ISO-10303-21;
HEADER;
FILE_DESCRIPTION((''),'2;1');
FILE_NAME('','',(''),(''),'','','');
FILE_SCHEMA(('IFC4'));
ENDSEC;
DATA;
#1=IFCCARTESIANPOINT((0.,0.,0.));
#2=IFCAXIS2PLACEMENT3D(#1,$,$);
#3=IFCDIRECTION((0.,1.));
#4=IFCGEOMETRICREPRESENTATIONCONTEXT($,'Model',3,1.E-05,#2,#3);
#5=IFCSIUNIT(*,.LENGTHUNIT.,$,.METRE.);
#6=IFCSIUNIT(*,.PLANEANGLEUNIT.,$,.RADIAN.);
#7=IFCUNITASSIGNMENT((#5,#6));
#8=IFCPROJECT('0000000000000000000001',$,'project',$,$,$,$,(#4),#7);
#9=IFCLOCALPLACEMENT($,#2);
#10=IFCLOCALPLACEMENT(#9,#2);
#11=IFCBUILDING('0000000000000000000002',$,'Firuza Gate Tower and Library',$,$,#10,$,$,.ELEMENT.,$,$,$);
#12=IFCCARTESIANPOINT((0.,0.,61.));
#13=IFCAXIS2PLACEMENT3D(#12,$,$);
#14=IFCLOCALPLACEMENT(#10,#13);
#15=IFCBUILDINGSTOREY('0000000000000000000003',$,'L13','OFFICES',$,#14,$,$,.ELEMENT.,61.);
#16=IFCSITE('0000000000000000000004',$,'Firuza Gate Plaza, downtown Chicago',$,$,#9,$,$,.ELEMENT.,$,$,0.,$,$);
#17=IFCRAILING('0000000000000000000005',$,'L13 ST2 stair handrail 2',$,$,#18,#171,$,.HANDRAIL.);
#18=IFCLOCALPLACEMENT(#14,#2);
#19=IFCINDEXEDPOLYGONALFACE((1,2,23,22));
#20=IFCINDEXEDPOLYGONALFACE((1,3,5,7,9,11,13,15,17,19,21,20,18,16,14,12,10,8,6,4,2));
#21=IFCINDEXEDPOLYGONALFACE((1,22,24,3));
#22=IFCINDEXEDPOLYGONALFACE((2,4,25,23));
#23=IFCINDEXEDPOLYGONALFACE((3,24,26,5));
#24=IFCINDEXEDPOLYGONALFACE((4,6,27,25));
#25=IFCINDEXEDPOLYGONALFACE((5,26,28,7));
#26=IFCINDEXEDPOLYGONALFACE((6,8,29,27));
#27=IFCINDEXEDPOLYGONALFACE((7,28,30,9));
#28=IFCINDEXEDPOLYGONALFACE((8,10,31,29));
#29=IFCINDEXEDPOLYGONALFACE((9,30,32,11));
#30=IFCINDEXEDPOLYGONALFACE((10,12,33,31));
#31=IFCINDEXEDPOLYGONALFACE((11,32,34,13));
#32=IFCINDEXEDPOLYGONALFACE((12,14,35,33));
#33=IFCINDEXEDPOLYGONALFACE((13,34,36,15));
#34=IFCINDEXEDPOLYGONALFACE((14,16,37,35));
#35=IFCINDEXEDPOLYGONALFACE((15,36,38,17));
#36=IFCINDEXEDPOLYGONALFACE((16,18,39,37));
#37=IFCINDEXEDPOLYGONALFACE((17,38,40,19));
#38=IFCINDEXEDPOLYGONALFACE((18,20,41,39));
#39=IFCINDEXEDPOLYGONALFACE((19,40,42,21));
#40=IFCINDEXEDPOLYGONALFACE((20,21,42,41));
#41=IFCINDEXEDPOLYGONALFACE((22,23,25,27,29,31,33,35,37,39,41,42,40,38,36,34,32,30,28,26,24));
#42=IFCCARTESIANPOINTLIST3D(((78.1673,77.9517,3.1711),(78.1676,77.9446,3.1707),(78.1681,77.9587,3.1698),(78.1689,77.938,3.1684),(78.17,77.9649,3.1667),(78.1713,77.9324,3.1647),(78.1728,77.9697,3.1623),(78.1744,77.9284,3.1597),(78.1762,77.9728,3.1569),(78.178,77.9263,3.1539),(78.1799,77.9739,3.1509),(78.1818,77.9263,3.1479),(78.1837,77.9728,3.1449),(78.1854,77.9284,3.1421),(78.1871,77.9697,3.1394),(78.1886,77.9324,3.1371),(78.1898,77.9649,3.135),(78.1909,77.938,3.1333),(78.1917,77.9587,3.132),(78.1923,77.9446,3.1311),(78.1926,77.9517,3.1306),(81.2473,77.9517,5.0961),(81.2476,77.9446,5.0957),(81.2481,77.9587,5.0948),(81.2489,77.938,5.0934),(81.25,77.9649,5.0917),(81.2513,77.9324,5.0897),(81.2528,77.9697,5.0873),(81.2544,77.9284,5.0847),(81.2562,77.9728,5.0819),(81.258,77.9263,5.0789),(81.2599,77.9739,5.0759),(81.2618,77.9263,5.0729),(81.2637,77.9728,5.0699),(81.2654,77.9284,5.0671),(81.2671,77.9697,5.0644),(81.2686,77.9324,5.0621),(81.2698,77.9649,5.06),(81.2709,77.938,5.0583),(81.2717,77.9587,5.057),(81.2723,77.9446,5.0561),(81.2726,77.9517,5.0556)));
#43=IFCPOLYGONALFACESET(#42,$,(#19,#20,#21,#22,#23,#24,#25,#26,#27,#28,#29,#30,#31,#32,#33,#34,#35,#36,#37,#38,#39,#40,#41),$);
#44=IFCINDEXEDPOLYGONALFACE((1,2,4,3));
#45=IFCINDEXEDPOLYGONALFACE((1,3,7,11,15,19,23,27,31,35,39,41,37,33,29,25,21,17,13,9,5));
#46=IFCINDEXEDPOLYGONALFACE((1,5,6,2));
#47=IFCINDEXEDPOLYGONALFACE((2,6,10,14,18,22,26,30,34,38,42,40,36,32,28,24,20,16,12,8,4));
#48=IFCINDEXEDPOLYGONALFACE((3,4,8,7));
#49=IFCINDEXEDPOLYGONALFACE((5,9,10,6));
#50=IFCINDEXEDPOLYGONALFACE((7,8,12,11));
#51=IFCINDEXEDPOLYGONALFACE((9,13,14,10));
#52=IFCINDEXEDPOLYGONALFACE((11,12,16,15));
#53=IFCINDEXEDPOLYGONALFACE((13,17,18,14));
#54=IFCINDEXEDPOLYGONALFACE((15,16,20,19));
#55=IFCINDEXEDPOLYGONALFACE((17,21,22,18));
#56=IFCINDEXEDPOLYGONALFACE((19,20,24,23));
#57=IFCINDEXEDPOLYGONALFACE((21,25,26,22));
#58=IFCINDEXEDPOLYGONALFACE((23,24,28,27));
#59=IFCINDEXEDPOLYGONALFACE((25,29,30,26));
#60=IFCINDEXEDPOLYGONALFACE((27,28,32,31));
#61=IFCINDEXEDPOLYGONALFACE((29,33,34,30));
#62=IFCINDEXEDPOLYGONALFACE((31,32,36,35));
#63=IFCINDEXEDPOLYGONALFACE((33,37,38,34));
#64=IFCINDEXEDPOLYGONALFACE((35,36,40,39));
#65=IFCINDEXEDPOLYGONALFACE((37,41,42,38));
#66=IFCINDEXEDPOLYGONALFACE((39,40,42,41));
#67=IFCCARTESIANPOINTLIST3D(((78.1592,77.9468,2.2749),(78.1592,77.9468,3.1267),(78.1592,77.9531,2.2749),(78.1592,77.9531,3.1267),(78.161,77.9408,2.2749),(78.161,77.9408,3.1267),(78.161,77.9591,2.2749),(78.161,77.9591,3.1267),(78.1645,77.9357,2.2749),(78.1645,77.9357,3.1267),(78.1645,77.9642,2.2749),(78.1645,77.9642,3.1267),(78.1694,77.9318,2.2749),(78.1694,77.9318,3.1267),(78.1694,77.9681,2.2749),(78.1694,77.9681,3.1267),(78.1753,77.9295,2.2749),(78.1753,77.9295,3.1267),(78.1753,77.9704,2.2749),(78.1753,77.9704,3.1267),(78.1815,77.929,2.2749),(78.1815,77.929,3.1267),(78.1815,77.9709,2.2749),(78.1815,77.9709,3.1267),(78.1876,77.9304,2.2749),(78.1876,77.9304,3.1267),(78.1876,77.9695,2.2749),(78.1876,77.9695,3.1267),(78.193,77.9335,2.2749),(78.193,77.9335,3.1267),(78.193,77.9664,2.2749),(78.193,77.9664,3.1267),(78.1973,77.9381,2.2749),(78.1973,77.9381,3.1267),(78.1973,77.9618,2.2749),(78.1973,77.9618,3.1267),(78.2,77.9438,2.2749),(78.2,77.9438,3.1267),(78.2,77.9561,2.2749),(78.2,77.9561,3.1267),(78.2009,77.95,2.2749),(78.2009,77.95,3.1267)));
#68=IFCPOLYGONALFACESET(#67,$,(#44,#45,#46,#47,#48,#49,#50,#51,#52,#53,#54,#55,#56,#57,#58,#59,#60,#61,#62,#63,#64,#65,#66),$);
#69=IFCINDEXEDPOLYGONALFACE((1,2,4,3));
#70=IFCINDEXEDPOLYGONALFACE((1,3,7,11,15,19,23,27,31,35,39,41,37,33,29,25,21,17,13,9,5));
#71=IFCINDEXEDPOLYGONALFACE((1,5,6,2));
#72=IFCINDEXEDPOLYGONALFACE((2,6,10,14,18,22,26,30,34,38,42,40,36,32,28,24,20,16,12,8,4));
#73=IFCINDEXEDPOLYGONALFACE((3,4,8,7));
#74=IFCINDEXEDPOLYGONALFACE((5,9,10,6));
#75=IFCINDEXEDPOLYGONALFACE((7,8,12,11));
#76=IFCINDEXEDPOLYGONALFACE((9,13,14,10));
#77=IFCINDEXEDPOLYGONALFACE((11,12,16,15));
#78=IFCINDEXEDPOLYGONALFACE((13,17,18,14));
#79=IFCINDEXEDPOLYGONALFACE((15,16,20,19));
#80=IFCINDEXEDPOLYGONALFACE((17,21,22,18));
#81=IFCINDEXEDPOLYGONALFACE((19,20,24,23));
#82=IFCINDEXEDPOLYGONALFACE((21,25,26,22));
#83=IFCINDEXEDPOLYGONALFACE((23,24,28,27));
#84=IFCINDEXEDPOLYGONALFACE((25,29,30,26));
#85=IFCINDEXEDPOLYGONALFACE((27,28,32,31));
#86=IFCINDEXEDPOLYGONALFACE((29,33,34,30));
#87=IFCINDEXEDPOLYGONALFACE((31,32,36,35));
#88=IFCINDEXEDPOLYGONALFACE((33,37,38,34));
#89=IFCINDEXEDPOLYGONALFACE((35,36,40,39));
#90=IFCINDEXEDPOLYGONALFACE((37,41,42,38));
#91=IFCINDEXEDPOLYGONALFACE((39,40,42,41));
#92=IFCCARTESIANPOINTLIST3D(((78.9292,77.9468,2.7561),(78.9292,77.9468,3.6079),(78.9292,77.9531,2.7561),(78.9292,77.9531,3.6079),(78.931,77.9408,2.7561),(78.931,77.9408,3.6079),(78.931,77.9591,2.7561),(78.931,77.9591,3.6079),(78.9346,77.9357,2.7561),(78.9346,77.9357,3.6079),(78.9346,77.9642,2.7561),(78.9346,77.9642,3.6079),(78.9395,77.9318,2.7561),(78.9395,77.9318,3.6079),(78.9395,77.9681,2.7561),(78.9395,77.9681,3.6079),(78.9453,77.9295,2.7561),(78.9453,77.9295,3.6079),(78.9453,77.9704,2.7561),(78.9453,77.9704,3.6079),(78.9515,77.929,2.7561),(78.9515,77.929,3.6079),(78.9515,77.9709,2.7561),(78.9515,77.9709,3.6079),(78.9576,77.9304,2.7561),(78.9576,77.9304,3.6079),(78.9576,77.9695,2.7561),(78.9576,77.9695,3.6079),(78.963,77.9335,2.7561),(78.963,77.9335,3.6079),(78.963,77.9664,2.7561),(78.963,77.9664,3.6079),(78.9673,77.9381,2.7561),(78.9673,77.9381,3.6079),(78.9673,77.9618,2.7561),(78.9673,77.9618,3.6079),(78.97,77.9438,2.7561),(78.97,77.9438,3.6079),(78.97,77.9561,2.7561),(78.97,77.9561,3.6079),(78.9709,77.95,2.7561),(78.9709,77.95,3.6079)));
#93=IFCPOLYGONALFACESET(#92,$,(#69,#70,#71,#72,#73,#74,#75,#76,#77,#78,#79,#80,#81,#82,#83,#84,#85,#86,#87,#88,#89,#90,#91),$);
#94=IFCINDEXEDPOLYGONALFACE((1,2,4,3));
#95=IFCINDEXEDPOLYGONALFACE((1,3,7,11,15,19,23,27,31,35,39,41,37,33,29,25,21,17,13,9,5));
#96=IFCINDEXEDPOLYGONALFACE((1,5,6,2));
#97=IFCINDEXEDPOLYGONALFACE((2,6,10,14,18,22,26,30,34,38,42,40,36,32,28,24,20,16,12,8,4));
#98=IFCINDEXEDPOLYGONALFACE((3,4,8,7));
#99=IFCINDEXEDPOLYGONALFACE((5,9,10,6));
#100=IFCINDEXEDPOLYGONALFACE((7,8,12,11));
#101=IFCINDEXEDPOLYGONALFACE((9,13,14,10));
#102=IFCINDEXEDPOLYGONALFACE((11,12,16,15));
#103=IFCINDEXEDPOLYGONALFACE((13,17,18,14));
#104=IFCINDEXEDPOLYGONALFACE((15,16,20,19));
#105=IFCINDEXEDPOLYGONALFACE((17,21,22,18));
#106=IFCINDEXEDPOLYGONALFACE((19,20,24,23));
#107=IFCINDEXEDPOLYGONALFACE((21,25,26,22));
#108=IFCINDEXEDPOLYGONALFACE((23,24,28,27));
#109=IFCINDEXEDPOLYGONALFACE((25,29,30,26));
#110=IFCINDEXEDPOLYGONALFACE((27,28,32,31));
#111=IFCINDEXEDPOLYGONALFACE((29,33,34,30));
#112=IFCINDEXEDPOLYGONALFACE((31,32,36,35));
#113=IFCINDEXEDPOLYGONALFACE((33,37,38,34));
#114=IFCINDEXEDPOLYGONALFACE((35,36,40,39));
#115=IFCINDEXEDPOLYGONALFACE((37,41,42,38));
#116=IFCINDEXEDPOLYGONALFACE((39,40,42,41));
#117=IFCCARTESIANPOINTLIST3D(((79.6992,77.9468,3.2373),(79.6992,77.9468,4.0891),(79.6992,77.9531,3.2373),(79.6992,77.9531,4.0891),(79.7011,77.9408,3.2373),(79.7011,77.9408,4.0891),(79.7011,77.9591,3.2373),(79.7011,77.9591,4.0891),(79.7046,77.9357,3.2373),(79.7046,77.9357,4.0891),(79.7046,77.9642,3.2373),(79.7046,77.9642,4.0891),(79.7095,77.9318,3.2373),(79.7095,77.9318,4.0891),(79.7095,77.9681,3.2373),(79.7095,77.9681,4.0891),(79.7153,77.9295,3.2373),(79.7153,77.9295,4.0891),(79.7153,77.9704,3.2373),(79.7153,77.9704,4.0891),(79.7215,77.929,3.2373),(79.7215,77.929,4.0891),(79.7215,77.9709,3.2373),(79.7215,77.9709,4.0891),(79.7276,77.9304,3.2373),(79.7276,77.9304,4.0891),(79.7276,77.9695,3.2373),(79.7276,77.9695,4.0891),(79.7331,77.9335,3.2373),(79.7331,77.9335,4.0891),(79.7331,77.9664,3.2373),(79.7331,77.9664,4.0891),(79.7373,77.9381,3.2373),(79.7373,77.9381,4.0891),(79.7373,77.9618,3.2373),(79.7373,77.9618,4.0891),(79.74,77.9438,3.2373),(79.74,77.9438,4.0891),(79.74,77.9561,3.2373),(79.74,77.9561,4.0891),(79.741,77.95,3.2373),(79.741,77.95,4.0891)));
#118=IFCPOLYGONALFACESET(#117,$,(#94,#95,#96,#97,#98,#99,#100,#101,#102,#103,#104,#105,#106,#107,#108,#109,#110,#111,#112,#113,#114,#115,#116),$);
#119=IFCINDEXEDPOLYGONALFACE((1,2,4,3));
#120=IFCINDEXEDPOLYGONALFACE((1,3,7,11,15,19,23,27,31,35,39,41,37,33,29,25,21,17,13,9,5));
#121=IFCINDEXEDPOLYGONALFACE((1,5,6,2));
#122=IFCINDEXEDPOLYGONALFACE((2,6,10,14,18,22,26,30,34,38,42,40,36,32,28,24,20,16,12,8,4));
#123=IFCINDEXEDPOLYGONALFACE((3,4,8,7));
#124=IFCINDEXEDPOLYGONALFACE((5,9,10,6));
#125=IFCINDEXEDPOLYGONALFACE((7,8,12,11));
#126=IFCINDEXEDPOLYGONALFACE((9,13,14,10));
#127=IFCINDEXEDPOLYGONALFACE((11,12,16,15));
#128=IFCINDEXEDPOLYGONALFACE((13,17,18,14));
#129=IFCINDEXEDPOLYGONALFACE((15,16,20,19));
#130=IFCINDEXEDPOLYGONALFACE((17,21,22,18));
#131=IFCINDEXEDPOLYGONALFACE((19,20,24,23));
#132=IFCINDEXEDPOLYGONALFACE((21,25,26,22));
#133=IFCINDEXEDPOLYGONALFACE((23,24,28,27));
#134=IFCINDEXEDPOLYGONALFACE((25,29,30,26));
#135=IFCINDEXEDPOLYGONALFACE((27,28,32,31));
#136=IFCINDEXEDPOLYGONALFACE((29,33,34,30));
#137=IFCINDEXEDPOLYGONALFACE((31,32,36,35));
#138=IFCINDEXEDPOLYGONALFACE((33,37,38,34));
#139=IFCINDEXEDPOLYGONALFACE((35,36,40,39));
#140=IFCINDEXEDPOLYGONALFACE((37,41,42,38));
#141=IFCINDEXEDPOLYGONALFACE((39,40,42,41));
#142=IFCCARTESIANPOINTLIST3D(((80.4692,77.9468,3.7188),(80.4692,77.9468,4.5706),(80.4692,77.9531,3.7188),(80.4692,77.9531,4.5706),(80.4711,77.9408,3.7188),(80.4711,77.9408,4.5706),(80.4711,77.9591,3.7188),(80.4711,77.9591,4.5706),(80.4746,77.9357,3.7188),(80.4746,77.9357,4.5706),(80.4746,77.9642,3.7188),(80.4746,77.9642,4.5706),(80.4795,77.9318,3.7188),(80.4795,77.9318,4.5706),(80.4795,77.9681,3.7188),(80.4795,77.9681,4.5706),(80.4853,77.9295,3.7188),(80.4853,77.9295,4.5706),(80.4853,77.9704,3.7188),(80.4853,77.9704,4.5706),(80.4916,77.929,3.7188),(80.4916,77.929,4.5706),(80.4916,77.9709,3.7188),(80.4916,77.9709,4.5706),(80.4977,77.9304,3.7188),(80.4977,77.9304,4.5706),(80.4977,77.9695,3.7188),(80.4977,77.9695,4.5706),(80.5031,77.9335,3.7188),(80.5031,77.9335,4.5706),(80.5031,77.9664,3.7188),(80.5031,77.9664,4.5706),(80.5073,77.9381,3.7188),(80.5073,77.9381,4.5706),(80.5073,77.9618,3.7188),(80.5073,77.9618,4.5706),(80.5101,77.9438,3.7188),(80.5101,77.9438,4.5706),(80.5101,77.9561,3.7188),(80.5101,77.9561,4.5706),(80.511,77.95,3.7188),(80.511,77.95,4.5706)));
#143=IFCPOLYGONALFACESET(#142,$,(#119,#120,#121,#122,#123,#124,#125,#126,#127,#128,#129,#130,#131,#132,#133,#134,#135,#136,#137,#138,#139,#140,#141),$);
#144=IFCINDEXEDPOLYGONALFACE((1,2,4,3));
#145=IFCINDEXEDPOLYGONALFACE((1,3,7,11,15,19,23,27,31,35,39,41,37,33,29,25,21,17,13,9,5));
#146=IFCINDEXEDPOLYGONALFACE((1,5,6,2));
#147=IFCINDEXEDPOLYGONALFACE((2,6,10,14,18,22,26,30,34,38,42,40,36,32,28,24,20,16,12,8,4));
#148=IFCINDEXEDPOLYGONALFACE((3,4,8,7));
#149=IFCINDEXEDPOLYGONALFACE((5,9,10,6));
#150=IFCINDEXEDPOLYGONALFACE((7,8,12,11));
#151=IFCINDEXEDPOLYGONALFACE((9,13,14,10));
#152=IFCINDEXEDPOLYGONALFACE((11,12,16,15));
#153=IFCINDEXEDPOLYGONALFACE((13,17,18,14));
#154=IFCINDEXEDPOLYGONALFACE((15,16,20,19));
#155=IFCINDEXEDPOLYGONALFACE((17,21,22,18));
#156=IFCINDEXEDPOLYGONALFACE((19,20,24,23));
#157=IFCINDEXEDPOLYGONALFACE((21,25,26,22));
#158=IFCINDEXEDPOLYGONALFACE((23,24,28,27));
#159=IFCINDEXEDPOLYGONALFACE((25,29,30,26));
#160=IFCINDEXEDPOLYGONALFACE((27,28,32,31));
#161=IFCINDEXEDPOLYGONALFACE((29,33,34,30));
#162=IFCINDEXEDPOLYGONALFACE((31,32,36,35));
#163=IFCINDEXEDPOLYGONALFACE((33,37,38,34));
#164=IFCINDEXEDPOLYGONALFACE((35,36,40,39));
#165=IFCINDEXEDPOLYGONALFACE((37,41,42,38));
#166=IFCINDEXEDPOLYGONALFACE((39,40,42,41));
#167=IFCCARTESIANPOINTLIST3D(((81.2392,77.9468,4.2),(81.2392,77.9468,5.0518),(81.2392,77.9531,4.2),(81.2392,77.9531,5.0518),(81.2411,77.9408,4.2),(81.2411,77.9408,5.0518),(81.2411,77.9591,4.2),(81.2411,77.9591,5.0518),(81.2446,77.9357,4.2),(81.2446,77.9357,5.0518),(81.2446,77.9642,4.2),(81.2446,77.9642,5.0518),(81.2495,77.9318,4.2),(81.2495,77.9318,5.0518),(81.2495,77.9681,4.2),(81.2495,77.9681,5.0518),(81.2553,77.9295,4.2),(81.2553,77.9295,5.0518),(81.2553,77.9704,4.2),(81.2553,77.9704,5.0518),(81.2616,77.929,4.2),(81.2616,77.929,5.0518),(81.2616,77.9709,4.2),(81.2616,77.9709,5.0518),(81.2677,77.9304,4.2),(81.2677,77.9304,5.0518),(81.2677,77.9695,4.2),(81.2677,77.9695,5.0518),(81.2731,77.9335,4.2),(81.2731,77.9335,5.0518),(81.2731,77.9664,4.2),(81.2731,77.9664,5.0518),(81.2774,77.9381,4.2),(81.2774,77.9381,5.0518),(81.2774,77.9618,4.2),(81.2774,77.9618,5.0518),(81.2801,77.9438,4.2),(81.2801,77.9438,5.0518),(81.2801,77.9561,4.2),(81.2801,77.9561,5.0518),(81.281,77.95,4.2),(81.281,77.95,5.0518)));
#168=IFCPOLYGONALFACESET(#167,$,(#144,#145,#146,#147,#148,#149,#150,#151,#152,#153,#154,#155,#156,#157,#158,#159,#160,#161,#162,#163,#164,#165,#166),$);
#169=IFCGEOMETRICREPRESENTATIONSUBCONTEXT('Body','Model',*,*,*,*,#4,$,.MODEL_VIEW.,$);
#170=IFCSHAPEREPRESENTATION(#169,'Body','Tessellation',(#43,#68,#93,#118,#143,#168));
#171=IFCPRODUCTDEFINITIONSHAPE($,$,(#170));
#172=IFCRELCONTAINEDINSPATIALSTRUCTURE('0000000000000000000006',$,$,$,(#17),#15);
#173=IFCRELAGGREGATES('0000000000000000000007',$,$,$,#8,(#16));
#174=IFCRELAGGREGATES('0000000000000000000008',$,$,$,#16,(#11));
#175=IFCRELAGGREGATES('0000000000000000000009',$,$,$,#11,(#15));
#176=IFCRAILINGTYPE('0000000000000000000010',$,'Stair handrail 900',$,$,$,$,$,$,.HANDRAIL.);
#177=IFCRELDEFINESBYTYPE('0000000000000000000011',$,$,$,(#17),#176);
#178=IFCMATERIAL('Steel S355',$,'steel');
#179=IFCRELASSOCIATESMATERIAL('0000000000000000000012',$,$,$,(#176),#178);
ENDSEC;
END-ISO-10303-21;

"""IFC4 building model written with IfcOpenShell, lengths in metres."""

from ifc_helpers import new_model, si_unit, direction, frame, origin, origin_2d, place, context, subcontext, project, spatial, circle, extrude, material, type_object, element, save


model = new_model("IFC4")

# Units and contexts
model_context = context("Model", 3, precision=1e-05, world=origin(), true_north=direction((0.0, 1.0)))
body_context = subcontext(model_context, "Body", "Model", "MODEL_VIEW")
ifc_project = project(units=[si_unit("LENGTHUNIT", "METRE"), si_unit("PLANEANGLEUNIT", "RADIAN")], contexts=[model_context])

# Site, building, storey
site_placement = place(None, origin())
site = spatial("IfcSite", under=ifc_project, at=site_placement, Name="Firuza Gate Plaza, downtown Chicago", CompositionType="ELEMENT", RefElevation=0.0)
building_placement = place(site_placement, origin())
building = spatial("IfcBuilding", under=site, at=building_placement, Name="Firuza Gate Tower and Library", CompositionType="ELEMENT")
storey_placement = place(building_placement, frame((0.0, 0.0, 61.0)))
storey = spatial("IfcBuildingStorey", under=building, at=storey_placement, Name="L13", Description="OFFICES", CompositionType="ELEMENT", Elevation=61.0)

# Railing
ifc_material_1 = material(Name="Steel S355", Category="steel")
railing_type_1 = type_object("IfcRailingType", Name="Stair handrail 900", PredefinedType="HANDRAIL", material=ifc_material_1)
railing_1_placement = place(storey_placement, frame((78.1799, 77.95, 2.2749)))
element("IfcRailing", 1, at=railing_1_placement, inside=storey, type_object=railing_type_1, Name="L13 ST2 stair handrail 2", PredefinedType="HANDRAIL", context=body_context, shape_type="SweptSolid", body=[
    extrude(circle(Radius=0.0239, at=origin_2d()), frame((0.0, 0.0, 0.876), z_axis=(0.847998, 0.0, 0.529999), x_axis=(0.0, 1.0, 0.0)), (0.0, 0.0, 1.0), 3.6321),
    extrude(circle(Radius=0.021, at=origin_2d()), origin(), (0.0, 0.0, 1.0), 0.8518),
    extrude(circle(Radius=0.021, at=origin_2d()), frame((0.77, 0.0, 0.4812)), (0.0, 0.0, 1.0), 0.8518),
    extrude(circle(Radius=0.021, at=origin_2d()), frame((1.54, 0.0, 0.9624)), (0.0, 0.0, 1.0), 0.8518),
    extrude(circle(Radius=0.021, at=origin_2d()), frame((2.3101, 0.0, 1.4438)), (0.0, 0.0, 1.0), 0.8518),
    extrude(circle(Radius=0.021, at=origin_2d()), frame((3.0801, 0.0, 1.925)), (0.0, 0.0, 1.0), 0.8518),
])

save(model, "model.ifc")
